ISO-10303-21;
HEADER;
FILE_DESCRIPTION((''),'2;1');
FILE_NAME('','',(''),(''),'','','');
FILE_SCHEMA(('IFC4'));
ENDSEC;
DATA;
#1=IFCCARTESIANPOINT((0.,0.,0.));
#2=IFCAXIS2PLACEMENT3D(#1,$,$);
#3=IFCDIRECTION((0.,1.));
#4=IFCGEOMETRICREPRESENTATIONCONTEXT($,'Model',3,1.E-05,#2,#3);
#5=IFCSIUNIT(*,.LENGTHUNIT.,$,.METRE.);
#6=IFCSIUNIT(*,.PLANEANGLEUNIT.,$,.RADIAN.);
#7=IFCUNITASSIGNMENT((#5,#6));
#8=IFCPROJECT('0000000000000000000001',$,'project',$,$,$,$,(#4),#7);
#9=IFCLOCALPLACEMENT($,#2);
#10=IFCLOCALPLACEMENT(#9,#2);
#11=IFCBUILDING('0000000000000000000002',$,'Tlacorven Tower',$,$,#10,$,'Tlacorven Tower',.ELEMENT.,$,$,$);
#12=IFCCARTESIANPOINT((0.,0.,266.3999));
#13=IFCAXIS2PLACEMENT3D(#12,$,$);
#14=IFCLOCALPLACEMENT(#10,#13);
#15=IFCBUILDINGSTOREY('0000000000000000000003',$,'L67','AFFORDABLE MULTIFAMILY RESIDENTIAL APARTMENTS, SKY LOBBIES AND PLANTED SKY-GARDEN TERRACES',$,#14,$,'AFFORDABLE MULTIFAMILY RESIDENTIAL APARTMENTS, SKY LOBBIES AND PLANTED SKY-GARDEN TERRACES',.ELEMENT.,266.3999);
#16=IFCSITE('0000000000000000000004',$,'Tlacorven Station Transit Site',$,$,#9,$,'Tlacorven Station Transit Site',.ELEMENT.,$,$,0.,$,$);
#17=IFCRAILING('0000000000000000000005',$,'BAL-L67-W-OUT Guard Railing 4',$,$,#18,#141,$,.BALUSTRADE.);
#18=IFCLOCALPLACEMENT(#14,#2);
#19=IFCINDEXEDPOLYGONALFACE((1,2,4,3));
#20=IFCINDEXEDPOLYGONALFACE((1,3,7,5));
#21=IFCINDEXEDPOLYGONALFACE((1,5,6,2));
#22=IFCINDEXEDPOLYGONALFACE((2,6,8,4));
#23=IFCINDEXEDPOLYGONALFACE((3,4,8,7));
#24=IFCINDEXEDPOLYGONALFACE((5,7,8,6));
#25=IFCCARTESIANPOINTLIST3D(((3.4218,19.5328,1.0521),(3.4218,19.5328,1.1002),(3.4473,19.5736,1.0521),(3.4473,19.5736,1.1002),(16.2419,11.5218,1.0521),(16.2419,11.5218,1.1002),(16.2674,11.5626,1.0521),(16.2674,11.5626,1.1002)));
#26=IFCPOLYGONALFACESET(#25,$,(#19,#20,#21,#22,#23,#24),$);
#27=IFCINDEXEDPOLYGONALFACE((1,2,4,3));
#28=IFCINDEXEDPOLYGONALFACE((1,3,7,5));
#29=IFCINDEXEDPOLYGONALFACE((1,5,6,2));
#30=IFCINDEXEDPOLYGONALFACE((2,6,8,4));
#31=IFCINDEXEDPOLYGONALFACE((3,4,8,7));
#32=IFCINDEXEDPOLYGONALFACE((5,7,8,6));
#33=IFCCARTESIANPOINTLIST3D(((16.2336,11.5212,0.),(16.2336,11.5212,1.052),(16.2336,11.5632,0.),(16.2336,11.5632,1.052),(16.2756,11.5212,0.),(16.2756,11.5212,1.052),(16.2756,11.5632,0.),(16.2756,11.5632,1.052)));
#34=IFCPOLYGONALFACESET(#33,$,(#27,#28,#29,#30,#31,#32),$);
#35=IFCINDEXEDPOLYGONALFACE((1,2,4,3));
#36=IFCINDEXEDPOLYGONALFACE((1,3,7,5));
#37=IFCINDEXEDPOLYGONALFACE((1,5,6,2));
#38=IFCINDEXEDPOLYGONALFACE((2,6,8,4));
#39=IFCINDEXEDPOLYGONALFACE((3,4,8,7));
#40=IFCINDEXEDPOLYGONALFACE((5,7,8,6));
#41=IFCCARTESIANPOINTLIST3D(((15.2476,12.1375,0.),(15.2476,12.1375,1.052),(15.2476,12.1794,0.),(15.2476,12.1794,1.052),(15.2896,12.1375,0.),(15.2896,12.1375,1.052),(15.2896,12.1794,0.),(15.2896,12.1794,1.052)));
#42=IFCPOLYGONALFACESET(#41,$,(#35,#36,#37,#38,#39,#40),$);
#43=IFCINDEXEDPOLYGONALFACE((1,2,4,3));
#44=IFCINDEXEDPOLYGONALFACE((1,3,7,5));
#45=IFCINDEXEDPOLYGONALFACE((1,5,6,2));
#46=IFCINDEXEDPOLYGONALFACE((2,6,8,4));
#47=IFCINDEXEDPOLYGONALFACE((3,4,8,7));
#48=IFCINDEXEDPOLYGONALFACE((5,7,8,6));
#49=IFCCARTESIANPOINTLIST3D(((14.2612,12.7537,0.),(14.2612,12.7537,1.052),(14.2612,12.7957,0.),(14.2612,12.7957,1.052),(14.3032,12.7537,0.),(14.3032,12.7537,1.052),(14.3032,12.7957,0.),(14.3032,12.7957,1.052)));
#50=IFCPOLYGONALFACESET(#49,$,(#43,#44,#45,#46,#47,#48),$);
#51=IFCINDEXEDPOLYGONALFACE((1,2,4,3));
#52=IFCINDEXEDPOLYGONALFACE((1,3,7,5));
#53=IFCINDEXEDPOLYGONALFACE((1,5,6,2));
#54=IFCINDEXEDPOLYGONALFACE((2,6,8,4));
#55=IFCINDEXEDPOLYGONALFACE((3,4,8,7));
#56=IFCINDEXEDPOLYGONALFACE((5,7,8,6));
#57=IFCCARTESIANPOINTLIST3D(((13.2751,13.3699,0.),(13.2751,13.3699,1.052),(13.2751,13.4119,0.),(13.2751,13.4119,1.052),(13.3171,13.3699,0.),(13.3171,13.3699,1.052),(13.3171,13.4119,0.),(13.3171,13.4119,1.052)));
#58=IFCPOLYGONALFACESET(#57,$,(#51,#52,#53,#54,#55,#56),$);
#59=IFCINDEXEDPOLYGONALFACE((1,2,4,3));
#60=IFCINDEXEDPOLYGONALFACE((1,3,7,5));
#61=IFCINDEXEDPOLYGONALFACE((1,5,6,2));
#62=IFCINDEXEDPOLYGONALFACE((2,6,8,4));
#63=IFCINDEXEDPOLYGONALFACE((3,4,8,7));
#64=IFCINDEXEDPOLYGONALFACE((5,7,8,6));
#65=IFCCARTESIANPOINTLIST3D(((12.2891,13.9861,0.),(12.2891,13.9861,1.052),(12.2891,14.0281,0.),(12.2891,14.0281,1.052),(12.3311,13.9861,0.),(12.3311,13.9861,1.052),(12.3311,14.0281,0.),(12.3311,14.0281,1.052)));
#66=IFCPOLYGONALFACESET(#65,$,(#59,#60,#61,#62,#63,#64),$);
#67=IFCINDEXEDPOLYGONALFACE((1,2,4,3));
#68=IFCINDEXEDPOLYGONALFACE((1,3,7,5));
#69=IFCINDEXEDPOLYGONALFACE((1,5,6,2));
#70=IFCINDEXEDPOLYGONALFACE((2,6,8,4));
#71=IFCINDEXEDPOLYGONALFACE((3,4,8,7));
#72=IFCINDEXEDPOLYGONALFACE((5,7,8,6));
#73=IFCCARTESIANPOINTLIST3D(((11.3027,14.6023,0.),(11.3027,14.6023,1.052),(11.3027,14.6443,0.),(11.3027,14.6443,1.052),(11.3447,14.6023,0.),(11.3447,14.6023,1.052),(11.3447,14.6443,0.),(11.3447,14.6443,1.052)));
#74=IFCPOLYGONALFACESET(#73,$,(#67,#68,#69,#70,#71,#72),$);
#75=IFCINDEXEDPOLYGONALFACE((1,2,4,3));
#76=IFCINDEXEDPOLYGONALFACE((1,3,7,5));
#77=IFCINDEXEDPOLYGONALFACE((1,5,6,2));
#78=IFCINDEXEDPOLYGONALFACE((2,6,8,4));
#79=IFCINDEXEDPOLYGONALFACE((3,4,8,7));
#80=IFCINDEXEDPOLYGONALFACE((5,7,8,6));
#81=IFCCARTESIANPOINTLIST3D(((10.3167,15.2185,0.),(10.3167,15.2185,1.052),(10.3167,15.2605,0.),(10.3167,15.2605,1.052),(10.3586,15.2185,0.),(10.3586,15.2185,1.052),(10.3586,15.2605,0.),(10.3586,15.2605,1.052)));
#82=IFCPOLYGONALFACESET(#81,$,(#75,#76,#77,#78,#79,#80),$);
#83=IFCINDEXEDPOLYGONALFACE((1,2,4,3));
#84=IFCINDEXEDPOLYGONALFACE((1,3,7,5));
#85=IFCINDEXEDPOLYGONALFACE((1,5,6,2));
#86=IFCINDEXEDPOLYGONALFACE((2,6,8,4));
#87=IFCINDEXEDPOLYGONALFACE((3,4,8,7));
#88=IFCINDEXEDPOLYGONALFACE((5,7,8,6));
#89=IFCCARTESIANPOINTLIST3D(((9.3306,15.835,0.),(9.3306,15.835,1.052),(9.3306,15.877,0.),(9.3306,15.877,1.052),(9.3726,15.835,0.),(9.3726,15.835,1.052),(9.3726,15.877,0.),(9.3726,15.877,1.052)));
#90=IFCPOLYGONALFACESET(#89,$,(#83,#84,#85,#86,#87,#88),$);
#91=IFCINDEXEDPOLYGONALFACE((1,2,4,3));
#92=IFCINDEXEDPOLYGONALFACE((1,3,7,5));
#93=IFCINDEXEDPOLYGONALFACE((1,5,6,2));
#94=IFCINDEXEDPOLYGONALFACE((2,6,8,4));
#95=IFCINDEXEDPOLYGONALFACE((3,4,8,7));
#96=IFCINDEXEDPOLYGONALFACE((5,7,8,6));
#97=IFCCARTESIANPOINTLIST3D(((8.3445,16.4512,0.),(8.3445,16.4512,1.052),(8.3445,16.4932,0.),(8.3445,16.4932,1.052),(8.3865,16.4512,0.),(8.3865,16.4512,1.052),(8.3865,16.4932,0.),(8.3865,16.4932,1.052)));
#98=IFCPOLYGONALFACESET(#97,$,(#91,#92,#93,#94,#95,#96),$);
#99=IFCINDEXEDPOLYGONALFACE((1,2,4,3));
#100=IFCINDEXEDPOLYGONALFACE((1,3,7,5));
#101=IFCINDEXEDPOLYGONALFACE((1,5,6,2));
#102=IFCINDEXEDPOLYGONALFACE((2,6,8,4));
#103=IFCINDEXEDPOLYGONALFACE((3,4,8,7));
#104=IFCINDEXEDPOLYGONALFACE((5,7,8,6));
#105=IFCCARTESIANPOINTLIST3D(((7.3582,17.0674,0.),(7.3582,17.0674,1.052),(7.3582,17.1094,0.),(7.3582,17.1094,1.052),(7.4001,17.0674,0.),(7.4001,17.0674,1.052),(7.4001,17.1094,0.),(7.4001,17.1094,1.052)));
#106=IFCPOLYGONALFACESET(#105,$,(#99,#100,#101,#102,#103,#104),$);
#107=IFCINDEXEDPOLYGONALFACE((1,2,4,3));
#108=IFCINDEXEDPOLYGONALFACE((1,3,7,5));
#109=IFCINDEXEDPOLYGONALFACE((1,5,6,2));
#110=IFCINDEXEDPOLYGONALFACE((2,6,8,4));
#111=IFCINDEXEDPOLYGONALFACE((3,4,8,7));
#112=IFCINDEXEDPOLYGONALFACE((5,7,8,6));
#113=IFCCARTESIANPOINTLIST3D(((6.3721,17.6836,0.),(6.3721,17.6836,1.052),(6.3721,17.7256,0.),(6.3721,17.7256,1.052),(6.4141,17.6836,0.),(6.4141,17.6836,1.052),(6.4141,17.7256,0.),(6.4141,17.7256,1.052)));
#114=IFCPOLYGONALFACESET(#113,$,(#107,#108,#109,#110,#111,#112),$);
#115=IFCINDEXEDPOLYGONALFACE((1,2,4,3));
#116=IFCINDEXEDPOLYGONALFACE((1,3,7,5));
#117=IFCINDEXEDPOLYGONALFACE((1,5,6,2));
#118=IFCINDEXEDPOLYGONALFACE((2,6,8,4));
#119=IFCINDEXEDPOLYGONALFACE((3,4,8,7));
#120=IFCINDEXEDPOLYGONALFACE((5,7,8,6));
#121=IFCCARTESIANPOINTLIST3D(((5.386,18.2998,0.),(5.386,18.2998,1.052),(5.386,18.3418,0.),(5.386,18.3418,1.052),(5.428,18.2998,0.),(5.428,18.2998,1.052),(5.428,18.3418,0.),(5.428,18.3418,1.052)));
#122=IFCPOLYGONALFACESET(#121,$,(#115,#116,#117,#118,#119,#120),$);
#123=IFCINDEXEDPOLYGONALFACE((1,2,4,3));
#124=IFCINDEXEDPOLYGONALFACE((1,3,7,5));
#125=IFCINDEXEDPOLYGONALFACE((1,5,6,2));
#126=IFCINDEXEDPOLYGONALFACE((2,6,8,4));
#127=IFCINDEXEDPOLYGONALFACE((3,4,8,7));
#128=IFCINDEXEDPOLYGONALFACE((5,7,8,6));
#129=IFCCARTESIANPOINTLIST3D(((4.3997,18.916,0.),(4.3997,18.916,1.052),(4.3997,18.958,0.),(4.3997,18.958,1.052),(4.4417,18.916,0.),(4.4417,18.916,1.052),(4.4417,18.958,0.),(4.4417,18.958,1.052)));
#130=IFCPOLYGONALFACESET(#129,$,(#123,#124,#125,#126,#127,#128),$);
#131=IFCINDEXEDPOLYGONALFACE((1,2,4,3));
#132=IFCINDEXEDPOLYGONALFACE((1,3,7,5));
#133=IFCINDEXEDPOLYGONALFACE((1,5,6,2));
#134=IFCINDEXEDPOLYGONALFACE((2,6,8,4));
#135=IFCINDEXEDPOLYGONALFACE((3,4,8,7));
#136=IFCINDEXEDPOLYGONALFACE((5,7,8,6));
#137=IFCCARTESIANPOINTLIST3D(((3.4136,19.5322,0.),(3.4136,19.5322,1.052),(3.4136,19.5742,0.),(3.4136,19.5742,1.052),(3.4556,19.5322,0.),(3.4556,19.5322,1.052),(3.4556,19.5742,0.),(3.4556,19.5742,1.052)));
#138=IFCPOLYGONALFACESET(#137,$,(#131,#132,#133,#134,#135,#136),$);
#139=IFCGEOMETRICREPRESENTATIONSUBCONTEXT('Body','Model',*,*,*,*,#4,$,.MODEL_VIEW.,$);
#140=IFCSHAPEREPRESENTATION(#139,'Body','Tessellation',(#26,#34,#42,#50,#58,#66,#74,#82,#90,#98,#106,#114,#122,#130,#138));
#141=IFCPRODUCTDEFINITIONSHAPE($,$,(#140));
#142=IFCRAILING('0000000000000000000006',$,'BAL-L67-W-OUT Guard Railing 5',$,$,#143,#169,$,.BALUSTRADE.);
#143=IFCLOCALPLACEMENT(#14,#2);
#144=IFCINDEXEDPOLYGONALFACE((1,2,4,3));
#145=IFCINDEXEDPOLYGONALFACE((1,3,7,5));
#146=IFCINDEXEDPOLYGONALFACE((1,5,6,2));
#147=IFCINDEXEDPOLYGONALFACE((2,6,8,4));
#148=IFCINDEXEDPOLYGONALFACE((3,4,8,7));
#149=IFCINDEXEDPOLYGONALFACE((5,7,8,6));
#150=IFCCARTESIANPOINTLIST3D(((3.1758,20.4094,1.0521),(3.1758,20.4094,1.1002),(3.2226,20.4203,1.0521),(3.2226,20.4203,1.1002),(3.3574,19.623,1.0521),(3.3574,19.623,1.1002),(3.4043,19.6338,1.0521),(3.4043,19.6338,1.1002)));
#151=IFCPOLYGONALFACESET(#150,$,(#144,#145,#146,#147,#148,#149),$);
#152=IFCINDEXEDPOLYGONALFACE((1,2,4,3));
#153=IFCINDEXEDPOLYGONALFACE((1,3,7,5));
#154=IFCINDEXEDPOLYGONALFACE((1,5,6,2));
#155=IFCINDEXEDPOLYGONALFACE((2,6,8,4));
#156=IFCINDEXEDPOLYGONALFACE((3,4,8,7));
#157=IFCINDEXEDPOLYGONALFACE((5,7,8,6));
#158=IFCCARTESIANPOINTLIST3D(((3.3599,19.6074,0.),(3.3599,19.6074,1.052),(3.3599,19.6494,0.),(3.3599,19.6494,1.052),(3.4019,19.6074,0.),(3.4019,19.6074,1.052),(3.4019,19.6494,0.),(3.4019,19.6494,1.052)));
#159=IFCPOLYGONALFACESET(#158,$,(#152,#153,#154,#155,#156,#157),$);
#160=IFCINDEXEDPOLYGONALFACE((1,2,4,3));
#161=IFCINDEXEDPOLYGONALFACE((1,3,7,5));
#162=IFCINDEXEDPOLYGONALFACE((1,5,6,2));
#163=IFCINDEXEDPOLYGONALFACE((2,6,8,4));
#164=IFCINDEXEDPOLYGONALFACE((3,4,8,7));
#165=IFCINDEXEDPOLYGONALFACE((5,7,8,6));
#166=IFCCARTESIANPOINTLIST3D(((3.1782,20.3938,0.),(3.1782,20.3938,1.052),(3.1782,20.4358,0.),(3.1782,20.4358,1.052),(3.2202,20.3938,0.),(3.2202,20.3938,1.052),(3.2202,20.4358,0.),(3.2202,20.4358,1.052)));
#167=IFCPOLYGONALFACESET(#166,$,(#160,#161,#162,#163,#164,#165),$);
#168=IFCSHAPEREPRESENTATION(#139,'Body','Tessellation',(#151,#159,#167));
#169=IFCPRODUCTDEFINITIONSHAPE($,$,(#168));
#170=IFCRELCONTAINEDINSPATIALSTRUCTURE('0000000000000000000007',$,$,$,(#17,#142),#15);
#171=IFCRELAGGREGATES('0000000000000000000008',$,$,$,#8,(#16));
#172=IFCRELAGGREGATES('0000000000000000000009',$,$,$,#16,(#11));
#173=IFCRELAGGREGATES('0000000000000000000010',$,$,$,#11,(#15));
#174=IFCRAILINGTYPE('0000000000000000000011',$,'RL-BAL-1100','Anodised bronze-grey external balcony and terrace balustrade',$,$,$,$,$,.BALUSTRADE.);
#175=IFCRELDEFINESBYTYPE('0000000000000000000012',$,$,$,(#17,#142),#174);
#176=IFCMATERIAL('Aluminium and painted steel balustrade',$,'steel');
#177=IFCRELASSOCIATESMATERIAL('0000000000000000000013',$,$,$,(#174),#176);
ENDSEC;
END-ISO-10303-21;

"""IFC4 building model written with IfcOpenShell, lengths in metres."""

from ifc_helpers import new_model, si_unit, direction, frame, origin, origin_2d, place, context, subcontext, project, spatial, rectangle, extrude, source, transform, mapped, material, type_object, element, save


model = new_model("IFC4")

# Units and contexts
model_context = context("Model", 3, precision=1e-05, world=origin(), true_north=direction((0.0, 1.0)))
body_context = subcontext(model_context, "Body", "Model", "MODEL_VIEW")
ifc_project = project(units=[si_unit("LENGTHUNIT", "METRE"), si_unit("PLANEANGLEUNIT", "RADIAN")], contexts=[model_context])

# Site, building, storey
site_placement = place(None, origin())
site = spatial("IfcSite", under=ifc_project, at=site_placement, Name="Tlacorven Station Transit Site", LongName="Tlacorven Station Transit Site", CompositionType="ELEMENT", RefElevation=0.0)
building_placement = place(site_placement, origin())
building = spatial("IfcBuilding", under=site, at=building_placement, Name="Tlacorven Tower", LongName="Tlacorven Tower", CompositionType="ELEMENT")
storey_placement = place(building_placement, frame((0.0, 0.0, 266.3999)))
storey = spatial("IfcBuildingStorey", under=building, at=storey_placement, Name="L67", Description="AFFORDABLE MULTIFAMILY RESIDENTIAL APARTMENTS, SKY LOBBIES AND PLANTED SKY-GARDEN TERRACES", LongName="AFFORDABLE MULTIFAMILY RESIDENTIAL APARTMENTS, SKY LOBBIES AND PLANTED SKY-GARDEN TERRACES", CompositionType="ELEMENT", Elevation=266.3999)

# Railings
ifc_material_1 = material(Name="Aluminium and painted steel balustrade", Category="steel")
railing_type = type_object("IfcRailingType", Name="RL-BAL-1100", Description="Anodised bronze-grey external balcony and terrace balustrade", PredefinedType="BALUSTRADE", material=ifc_material_1)
shared_shape_1 = source(origin(), body_context, "Body", "SweptSolid", [
    extrude(rectangle(XDim=0.0481, YDim=0.0481, at=origin_2d()), frame((0.0, 0.0, 1.0762), z_axis=(-0.848045, 0.529925, 0.0), x_axis=(-0.529925, -0.848045, 0.0)), (0.0, 0.0, 1.0), 15.1172),
    extrude(rectangle(XDim=0.042, YDim=0.042, at=origin_2d()), origin(), (0.0, 0.0, 1.0), 1.052),
    extrude(rectangle(XDim=0.042, YDim=0.042, at=origin_2d()), frame((-0.9861, 0.6162, 0.0)), (0.0, 0.0, 1.0), 1.052),
    extrude(rectangle(XDim=0.042, YDim=0.042, at=origin_2d()), frame((-1.9724, 1.2324, 0.0)), (0.0, 0.0, 1.0), 1.052),
    extrude(rectangle(XDim=0.042, YDim=0.042, at=origin_2d()), frame((-2.9585, 1.8486, 0.0)), (0.0, 0.0, 1.0), 1.052),
    extrude(rectangle(XDim=0.042, YDim=0.042, at=origin_2d()), frame((-3.9446, 2.4648, 0.0)), (0.0, 0.0, 1.0), 1.052),
    extrude(rectangle(XDim=0.042, YDim=0.042, at=origin_2d()), frame((-4.9309, 3.0811, 0.0)), (0.0, 0.0, 1.0), 1.052),
    extrude(rectangle(XDim=0.042, YDim=0.042, at=origin_2d()), frame((-5.917, 3.6973, 0.0)), (0.0, 0.0, 1.0), 1.052),
    extrude(rectangle(XDim=0.042, YDim=0.042, at=origin_2d()), frame((-6.9031, 4.3137, 0.0)), (0.0, 0.0, 1.0), 1.052),
    extrude(rectangle(XDim=0.042, YDim=0.042, at=origin_2d()), frame((-7.8892, 4.9299, 0.0)), (0.0, 0.0, 1.0), 1.052),
    extrude(rectangle(XDim=0.042, YDim=0.042, at=origin_2d()), frame((-8.8755, 5.5461, 0.0)), (0.0, 0.0, 1.0), 1.052),
    extrude(rectangle(XDim=0.042, YDim=0.042, at=origin_2d()), frame((-9.8616, 6.1624, 0.0)), (0.0, 0.0, 1.0), 1.052),
    extrude(rectangle(XDim=0.042, YDim=0.042, at=origin_2d()), frame((-10.8477, 6.7786, 0.0)), (0.0, 0.0, 1.0), 1.052),
    extrude(rectangle(XDim=0.042, YDim=0.042, at=origin_2d()), frame((-11.834, 7.3948, 0.0)), (0.0, 0.0, 1.0), 1.052),
    extrude(rectangle(XDim=0.042, YDim=0.042, at=origin_2d()), frame((-12.8201, 8.011, 0.0)), (0.0, 0.0, 1.0), 1.052),
])
railing_1_placement = place(storey_placement, frame((16.2546, 11.5422, 0.0)))
element("IfcRailing", 1, at=railing_1_placement, inside=storey, type_object=railing_type, Name="BAL-L67-W-OUT Guard Railing 4", PredefinedType="BALUSTRADE", context=body_context, shape_type="MappedRepresentation", body=[
    mapped(shared_shape_1, transform((0.0, 0.0, 0.0), scale=1.0)),
])
shared_shape_2 = source(origin(), body_context, "Body", "SweptSolid", [
    extrude(rectangle(XDim=0.0481, YDim=0.0481, at=origin_2d()), frame((0.0, 0.0, 1.0762), z_axis=(-0.225058, 0.974345, 0.0), x_axis=(-0.974345, -0.225058, 0.0)), (0.0, 0.0, 1.0), 0.8071),
    extrude(rectangle(XDim=0.042, YDim=0.042, at=origin_2d()), origin(), (0.0, 0.0, 1.0), 1.052),
    extrude(rectangle(XDim=0.042, YDim=0.042, at=origin_2d()), frame((-0.1816, 0.7864, 0.0)), (0.0, 0.0, 1.0), 1.052),
])
railing_2_placement = place(storey_placement, frame((3.3809, 19.6284, 0.0)))
element("IfcRailing", 2, at=railing_2_placement, inside=storey, type_object=railing_type, Name="BAL-L67-W-OUT Guard Railing 5", PredefinedType="BALUSTRADE", context=body_context, shape_type="MappedRepresentation", body=[
    mapped(shared_shape_2, transform((0.0, 0.0, 0.0), scale=1.0)),
])

save(model, "model.ifc")
